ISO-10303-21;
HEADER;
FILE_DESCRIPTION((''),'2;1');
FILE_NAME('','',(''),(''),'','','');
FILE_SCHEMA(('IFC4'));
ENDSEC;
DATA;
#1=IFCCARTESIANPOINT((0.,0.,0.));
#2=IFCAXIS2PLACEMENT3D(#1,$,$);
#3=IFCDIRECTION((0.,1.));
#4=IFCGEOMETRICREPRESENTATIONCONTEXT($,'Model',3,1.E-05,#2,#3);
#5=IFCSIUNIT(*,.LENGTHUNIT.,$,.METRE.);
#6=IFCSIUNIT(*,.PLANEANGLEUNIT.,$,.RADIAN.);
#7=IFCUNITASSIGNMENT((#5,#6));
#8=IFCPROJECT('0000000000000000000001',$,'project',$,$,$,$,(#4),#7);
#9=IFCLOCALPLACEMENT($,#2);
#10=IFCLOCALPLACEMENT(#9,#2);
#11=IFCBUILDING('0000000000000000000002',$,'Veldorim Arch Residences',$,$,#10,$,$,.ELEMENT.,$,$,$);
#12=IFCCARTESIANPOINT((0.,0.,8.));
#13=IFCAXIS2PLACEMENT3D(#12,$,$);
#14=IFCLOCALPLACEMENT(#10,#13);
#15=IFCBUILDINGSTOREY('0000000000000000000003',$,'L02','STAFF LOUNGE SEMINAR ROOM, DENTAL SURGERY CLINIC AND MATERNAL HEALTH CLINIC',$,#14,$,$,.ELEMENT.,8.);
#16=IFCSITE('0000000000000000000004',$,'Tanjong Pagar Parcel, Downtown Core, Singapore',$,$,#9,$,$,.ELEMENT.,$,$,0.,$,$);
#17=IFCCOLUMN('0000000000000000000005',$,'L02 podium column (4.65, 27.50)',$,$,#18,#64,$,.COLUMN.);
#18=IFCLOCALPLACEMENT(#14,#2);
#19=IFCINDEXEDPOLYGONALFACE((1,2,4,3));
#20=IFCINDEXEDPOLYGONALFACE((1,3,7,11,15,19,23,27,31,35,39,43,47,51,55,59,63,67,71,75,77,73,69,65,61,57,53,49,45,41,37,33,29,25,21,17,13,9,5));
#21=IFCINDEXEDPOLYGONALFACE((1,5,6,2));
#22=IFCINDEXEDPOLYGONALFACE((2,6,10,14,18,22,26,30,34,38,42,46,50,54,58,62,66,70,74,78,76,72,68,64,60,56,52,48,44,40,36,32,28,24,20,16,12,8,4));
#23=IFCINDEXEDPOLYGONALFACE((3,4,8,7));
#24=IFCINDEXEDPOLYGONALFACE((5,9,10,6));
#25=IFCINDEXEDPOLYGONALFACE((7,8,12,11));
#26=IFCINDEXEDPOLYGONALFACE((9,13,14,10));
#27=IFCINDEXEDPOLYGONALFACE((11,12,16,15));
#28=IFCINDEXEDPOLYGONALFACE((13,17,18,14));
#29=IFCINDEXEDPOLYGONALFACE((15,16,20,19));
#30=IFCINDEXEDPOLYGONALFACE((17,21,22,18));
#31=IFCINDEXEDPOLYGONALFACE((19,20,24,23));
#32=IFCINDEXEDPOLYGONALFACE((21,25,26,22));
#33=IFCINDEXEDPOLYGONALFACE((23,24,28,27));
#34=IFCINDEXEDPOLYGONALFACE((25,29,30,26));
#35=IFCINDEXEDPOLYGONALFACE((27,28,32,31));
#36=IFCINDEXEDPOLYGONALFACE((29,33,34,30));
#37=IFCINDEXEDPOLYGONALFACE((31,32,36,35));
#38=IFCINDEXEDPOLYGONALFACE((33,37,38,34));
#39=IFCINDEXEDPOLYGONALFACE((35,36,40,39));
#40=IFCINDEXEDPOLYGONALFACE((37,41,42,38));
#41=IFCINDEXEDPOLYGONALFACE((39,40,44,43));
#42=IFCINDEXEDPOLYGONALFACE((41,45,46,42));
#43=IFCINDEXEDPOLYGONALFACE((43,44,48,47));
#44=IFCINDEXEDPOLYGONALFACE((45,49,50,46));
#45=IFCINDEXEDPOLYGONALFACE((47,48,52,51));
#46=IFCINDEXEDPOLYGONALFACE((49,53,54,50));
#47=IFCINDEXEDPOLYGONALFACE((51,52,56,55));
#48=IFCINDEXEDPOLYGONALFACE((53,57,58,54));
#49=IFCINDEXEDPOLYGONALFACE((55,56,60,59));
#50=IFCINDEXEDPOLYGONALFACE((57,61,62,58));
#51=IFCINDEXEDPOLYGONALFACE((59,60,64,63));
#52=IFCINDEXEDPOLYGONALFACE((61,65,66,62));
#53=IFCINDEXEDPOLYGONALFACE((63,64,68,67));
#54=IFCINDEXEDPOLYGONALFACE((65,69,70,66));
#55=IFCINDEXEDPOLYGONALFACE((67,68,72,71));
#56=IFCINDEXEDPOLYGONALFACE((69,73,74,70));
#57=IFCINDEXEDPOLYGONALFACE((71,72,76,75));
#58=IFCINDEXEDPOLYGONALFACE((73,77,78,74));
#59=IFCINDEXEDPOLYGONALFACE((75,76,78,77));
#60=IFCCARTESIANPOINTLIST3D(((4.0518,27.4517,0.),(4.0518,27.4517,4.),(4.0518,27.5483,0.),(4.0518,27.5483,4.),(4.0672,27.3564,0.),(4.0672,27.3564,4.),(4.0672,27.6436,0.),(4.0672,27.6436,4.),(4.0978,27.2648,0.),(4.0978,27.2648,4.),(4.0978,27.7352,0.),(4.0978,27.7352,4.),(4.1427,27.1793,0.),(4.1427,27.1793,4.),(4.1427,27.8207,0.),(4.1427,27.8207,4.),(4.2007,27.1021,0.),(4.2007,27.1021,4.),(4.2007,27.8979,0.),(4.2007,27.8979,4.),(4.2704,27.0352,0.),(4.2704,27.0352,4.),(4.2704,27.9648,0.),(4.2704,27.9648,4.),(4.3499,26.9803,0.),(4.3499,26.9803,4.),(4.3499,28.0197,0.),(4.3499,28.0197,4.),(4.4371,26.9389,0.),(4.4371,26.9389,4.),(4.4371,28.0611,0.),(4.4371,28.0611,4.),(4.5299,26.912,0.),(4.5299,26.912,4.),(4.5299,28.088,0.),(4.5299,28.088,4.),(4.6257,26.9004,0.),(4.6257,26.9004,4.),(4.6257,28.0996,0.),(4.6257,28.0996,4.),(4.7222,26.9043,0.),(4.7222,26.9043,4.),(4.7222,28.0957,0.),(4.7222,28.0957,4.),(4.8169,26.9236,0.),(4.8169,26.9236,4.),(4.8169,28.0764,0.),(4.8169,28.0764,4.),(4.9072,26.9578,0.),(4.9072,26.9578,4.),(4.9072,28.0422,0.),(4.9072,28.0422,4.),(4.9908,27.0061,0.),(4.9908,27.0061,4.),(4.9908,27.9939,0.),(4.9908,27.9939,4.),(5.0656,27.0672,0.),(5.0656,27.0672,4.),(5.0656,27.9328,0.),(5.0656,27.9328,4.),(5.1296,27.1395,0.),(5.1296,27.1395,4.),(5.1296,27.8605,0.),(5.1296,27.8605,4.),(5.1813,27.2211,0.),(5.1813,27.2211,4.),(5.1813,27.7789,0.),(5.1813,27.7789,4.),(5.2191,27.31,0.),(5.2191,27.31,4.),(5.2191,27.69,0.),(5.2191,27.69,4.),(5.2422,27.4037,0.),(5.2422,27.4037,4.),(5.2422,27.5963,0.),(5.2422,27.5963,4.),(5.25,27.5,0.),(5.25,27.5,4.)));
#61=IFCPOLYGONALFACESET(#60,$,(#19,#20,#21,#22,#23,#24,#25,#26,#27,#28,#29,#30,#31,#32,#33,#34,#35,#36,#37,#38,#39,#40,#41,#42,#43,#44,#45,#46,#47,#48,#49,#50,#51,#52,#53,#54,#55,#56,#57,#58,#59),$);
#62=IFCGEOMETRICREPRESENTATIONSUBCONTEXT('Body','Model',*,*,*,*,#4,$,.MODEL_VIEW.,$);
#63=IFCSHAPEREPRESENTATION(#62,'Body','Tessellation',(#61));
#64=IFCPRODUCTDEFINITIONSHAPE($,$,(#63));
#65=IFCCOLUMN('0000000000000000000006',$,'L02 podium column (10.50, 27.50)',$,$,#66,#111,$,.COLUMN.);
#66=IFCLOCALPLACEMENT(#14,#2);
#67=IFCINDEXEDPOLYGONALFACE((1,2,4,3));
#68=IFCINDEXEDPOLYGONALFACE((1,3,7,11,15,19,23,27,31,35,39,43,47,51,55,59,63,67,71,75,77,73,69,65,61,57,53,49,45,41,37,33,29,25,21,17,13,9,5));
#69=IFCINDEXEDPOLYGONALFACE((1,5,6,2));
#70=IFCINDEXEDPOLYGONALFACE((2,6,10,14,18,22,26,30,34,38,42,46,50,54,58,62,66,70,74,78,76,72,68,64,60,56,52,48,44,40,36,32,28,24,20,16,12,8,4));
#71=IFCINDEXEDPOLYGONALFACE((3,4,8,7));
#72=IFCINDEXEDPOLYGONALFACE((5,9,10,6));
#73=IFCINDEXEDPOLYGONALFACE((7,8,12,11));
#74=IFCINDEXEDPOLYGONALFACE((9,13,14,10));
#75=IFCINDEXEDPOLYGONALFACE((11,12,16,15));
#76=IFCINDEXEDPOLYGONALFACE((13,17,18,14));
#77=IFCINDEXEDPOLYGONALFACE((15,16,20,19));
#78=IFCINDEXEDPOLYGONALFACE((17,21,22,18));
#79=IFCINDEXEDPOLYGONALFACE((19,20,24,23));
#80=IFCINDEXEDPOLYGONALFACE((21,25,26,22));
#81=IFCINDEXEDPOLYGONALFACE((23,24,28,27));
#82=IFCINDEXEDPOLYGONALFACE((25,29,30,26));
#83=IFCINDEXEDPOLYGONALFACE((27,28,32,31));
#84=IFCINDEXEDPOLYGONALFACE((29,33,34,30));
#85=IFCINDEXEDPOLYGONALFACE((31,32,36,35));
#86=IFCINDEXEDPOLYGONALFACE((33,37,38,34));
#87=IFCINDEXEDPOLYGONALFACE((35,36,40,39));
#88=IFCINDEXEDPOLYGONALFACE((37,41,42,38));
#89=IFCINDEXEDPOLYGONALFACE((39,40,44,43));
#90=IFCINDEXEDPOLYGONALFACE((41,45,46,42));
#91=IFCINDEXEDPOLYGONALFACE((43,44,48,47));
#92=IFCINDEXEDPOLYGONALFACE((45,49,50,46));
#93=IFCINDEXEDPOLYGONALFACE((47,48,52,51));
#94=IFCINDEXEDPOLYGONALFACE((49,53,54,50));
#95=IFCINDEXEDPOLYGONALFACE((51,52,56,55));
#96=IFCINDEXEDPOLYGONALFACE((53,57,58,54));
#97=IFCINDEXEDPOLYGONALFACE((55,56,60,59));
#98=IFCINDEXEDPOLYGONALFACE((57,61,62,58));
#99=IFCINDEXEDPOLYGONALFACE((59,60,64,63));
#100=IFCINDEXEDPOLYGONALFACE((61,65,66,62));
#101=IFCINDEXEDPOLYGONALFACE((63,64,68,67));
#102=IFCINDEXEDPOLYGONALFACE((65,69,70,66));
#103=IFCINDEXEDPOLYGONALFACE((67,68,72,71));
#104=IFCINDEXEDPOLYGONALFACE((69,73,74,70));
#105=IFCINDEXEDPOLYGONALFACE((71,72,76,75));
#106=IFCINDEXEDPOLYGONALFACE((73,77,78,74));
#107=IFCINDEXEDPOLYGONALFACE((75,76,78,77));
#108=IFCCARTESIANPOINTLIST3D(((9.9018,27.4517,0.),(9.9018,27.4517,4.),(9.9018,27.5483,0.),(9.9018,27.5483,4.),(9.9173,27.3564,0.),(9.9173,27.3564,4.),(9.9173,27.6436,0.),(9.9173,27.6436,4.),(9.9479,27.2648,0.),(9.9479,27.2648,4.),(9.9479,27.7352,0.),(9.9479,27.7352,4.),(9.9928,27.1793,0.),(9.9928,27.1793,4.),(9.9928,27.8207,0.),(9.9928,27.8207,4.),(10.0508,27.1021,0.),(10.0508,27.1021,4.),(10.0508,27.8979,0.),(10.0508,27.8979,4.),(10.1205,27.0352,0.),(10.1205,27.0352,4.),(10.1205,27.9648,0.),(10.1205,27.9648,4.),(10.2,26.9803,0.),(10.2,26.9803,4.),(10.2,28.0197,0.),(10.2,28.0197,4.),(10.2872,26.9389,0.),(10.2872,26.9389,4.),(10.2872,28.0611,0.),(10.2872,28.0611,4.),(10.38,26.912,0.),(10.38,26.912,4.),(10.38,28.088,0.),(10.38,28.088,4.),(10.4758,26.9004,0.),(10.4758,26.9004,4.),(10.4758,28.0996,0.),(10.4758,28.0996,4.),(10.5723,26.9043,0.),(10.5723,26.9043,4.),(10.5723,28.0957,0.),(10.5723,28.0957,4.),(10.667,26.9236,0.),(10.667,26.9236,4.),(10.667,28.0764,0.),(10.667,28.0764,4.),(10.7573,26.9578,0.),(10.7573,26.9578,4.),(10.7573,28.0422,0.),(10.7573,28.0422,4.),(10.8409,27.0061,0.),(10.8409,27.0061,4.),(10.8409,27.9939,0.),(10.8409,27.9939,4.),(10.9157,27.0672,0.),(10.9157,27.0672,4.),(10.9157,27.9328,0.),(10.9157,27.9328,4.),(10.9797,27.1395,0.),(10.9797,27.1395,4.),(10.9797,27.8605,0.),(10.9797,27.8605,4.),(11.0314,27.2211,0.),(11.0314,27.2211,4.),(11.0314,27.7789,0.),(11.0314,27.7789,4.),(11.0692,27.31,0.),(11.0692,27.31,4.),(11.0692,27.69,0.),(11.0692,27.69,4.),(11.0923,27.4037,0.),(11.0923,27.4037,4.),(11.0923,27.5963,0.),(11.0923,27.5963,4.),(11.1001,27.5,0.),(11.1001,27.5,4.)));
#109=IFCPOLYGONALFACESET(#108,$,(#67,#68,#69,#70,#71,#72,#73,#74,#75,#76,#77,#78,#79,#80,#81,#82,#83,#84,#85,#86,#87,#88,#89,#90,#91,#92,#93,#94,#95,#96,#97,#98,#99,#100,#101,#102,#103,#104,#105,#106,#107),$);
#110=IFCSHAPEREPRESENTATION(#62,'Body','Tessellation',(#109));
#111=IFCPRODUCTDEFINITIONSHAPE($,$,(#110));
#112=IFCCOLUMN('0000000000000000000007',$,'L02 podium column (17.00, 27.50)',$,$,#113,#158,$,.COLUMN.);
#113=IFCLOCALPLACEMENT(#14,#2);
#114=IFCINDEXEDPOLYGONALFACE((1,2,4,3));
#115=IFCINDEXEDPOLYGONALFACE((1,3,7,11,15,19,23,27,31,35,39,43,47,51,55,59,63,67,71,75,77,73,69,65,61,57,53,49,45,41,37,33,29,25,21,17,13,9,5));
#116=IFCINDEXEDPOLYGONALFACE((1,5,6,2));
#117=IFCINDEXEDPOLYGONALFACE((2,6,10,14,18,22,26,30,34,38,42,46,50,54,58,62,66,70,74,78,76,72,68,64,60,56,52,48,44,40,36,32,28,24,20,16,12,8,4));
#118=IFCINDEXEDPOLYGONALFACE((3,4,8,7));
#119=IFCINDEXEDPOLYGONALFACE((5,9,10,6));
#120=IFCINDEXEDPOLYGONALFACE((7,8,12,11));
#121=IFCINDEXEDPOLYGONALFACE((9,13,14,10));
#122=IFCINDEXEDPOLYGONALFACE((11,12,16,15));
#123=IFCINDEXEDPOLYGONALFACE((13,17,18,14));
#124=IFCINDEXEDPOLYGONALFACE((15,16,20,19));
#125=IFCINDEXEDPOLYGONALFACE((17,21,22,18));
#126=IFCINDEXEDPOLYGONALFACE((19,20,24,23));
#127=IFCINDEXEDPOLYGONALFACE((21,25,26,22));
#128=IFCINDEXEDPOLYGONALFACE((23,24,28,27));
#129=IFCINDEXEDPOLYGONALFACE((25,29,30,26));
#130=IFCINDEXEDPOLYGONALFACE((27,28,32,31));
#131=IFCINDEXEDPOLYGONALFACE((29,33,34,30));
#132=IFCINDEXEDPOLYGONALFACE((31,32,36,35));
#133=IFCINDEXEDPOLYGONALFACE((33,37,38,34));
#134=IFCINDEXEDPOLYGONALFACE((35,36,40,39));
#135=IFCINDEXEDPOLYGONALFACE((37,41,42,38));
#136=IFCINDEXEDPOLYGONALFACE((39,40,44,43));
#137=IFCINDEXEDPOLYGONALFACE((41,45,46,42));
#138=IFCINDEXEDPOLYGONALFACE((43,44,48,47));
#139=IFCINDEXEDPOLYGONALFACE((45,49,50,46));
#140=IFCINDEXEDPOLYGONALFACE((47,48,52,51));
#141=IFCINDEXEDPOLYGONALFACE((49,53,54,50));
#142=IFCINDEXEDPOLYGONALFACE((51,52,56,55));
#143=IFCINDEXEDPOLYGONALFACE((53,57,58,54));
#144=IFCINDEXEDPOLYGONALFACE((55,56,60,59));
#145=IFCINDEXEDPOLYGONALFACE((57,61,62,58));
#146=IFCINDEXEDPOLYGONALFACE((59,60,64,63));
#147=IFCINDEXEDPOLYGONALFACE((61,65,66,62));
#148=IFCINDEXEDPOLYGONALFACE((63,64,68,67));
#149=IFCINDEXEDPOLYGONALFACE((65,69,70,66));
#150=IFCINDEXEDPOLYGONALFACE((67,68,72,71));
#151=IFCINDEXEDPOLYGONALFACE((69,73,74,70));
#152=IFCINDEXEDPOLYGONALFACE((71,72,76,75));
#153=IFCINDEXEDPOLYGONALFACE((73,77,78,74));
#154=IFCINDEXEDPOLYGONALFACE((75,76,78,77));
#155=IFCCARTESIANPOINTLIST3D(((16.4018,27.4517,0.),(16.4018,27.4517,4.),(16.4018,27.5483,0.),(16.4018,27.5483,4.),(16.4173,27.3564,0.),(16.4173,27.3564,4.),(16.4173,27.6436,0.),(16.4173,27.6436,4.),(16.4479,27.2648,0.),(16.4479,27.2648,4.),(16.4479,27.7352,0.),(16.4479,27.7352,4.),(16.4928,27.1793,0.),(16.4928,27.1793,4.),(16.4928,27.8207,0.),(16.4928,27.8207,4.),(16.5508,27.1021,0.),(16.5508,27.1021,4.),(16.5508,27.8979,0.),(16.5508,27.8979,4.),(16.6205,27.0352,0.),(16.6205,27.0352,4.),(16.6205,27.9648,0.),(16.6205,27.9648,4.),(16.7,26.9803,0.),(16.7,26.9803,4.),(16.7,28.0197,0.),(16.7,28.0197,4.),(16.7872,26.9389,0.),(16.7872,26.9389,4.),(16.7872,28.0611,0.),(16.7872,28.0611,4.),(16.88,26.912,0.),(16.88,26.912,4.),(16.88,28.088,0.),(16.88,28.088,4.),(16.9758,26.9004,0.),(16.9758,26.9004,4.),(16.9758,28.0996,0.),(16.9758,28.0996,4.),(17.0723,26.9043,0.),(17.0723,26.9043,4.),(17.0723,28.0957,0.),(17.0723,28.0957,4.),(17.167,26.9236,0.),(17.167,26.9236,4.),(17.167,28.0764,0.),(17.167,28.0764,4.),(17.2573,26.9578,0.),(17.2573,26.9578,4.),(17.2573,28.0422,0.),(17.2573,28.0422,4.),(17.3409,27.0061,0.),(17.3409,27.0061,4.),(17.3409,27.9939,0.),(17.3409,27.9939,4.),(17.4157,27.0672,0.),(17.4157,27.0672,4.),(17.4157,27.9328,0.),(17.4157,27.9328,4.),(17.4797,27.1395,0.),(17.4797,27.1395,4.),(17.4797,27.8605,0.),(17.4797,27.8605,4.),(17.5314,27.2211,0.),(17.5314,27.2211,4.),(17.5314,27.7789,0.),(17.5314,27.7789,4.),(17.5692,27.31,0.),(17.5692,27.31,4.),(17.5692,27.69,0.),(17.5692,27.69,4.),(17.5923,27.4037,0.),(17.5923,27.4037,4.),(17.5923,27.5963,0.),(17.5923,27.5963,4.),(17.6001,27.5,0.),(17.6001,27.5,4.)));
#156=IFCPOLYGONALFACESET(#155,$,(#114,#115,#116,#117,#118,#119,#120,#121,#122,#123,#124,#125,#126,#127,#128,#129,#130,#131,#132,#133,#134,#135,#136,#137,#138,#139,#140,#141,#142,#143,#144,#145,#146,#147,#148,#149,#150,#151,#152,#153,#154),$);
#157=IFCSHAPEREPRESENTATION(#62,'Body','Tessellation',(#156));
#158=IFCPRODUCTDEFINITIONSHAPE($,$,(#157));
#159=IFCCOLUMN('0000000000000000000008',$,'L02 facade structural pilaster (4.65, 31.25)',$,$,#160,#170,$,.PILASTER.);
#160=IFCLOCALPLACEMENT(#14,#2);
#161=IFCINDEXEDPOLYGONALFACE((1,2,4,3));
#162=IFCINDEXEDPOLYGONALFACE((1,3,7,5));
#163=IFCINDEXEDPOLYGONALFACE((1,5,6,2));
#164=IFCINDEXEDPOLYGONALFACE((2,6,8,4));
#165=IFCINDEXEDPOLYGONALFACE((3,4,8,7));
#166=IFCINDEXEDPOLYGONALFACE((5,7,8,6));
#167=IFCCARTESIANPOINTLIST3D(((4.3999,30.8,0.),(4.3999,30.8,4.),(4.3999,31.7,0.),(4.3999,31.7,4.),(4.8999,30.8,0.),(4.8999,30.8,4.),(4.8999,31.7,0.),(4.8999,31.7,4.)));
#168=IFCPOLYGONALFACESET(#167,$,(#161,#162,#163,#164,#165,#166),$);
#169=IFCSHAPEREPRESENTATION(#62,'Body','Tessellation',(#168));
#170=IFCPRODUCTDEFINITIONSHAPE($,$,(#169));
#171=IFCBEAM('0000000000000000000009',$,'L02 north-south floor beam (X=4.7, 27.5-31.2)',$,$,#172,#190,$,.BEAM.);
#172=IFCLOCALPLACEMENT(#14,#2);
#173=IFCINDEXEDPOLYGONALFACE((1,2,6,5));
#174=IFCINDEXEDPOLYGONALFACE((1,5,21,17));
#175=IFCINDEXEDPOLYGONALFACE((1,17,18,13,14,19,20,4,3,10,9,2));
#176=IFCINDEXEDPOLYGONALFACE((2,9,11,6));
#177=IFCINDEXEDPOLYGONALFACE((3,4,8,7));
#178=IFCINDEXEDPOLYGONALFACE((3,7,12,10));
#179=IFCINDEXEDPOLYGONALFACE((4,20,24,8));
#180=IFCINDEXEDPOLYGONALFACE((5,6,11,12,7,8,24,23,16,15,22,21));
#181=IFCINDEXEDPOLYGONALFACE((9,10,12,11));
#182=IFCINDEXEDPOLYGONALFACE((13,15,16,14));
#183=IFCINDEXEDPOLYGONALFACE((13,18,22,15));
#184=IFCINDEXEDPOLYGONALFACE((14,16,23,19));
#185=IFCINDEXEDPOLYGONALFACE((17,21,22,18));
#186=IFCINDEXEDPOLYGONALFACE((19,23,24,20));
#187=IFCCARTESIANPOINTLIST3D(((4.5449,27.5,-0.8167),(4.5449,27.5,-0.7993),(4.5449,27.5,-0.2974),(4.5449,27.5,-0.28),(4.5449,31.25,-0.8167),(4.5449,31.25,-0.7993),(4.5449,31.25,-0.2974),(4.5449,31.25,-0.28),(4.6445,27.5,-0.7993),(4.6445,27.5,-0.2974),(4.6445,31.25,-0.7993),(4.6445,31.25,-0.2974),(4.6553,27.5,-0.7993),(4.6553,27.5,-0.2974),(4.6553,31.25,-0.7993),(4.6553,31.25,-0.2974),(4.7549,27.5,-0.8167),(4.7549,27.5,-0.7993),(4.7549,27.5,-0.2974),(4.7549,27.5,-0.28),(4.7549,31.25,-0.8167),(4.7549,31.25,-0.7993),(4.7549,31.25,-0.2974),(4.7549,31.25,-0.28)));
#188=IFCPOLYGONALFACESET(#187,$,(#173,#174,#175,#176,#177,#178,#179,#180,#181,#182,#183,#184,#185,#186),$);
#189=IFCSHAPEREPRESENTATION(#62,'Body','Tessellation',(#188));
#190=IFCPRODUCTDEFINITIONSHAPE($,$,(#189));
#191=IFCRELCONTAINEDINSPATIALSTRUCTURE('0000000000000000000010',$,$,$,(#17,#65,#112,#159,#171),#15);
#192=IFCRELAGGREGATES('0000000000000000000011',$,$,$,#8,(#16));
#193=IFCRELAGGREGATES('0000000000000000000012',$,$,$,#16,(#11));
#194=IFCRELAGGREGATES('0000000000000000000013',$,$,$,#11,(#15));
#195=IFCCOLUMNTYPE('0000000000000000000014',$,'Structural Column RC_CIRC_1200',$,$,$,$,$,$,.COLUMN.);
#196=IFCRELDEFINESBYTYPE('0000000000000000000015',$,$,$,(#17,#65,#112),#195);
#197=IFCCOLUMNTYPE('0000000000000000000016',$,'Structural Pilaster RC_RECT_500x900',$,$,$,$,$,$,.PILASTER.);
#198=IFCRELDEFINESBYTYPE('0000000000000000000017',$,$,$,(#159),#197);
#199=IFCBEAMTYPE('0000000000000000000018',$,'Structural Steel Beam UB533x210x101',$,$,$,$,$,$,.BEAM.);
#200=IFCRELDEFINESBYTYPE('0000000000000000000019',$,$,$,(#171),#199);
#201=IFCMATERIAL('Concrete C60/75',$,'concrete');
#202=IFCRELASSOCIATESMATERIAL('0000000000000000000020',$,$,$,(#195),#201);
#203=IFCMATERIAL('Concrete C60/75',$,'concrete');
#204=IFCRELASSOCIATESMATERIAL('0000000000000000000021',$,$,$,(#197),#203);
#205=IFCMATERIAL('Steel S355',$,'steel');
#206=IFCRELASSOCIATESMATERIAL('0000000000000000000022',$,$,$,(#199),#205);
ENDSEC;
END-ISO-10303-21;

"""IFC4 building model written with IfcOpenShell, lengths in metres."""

from ifc_helpers import new_model, si_unit, direction, frame, origin, origin_2d, place, context, subcontext, project, spatial, rectangle, circle, i_section, extrude, material, material_profile, profile_set, type_object, element, save


model = new_model("IFC4")

# Units and contexts
model_context = context("Model", 3, precision=1e-05, world=origin(), true_north=direction((0.0, 1.0)))
body_context = subcontext(model_context, "Body", "Model", "MODEL_VIEW")
ifc_project = project(units=[si_unit("LENGTHUNIT", "METRE"), si_unit("PLANEANGLEUNIT", "RADIAN")], contexts=[model_context])

# Site, building, storey
site_placement = place(None, origin())
site = spatial("IfcSite", under=ifc_project, at=site_placement, Name="Tanjong Pagar Parcel, Downtown Core, Singapore", CompositionType="ELEMENT", RefElevation=0.0)
building_placement = place(site_placement, origin())
building = spatial("IfcBuilding", under=site, at=building_placement, Name="Veldorim Arch Residences", CompositionType="ELEMENT")
storey_placement = place(building_placement, frame((0.0, 0.0, 8.0)))
storey = spatial("IfcBuildingStorey", under=building, at=storey_placement, Name="L02", Description="STAFF LOUNGE SEMINAR ROOM, DENTAL SURGERY CLINIC AND MATERNAL HEALTH CLINIC", CompositionType="ELEMENT", Elevation=8.0)

# Columns
ifc_material_1 = material(Name="Concrete C60/75", Category="concrete")
ifc_material_profile_1 = material_profile(ifc_material_1, circle(Radius=0.6001, at=origin_2d()), Name="RC_CIRC_1200")
ifc_profile_set_1 = profile_set([ifc_material_profile_1], Name="Concrete C60/75")
column_type_1 = type_object("IfcColumnType", Name="Structural Column RC_CIRC_1200", PredefinedType="COLUMN", material=ifc_profile_set_1)
for number, where, z_axis, x_axis, name in (
    (1, (4.6499, 27.5, 0.0), (0.0, 0.0, 1.0), (1.0, 0.0, 0.0), "L02 podium column (4.65, 27.50)"),
    (2, (10.5, 27.5, 0.0), (0.0, 0.0, 1.0), (1.0, 0.0, 0.0), "L02 podium column (10.50, 27.50)"),
    (3, (17.0, 27.5, 0.0), (0.0, 0.0, 1.0), (1.0, 0.0, 0.0), "L02 podium column (17.00, 27.50)"),
):
    element("IfcColumn", number, at=place(storey_placement, frame(where, z_axis=z_axis, x_axis=x_axis)), inside=storey, type_object=column_type_1, Name=name, PredefinedType="COLUMN", context=body_context, shape_type="SweptSolid", body=[
        extrude(circle(Radius=0.6001, at=origin_2d()), origin(), (0.0, 0.0, 1.0), 4.0),
    ])
ifc_material_2 = material(Name="Concrete C60/75", Category="concrete")
ifc_material_profile_2 = material_profile(ifc_material_2, rectangle(XDim=0.5, YDim=0.8999, at=origin_2d()), Name="RC_RECT_500x900")
ifc_profile_set_2 = profile_set([ifc_material_profile_2], Name="Concrete C60/75")
column_type_2 = type_object("IfcColumnType", Name="Structural Pilaster RC_RECT_500x900", PredefinedType="PILASTER", material=ifc_profile_set_2)
column_placement = place(storey_placement, frame((4.6499, 31.25, 0.0), z_axis=(0.0, 0.0, 1.0), x_axis=(1.0, 0.0, 0.0)))
element("IfcColumn", 4, at=column_placement, inside=storey, type_object=column_type_2, Name="L02 facade structural pilaster (4.65, 31.25)", PredefinedType="PILASTER", context=body_context, shape_type="SweptSolid", body=[
    extrude(rectangle(XDim=0.5, YDim=0.8999, at=origin_2d()), origin(), (0.0, 0.0, 1.0), 4.0),
])

# Beam
ifc_material_3 = material(Name="Steel S355", Category="steel")
ifc_material_profile_3 = material_profile(ifc_material_3, i_section(OverallWidth=0.21, OverallDepth=0.5366, WebThickness=0.0107, FlangeThickness=0.0173, at=origin_2d()), Name="UB533x210x101")
ifc_profile_set_3 = profile_set([ifc_material_profile_3], Name="Steel S355")
beam_type_1 = type_object("IfcBeamType", Name="Structural Steel Beam UB533x210x101", PredefinedType="BEAM", material=ifc_profile_set_3)
for number, where, z_axis, x_axis, name in (
    (5, (4.6499, 27.5, -0.5483), (0.0, 1.0, 0.0), (-1.0, 0.0, 0.0), "L02 north-south floor beam (X=4.7, 27.5-31.2)"),
):
    element("IfcBeam", number, at=place(storey_placement, frame(where, z_axis=z_axis, x_axis=x_axis)), inside=storey, type_object=beam_type_1, Name=name, PredefinedType="BEAM", context=body_context, shape_type="SweptSolid", body=[
        extrude(i_section(OverallWidth=0.21, OverallDepth=0.5366, WebThickness=0.0107, FlangeThickness=0.0173, at=origin_2d()), origin(), (0.0, 0.0, 1.0), 3.75),
    ])

save(model, "model.ifc")
